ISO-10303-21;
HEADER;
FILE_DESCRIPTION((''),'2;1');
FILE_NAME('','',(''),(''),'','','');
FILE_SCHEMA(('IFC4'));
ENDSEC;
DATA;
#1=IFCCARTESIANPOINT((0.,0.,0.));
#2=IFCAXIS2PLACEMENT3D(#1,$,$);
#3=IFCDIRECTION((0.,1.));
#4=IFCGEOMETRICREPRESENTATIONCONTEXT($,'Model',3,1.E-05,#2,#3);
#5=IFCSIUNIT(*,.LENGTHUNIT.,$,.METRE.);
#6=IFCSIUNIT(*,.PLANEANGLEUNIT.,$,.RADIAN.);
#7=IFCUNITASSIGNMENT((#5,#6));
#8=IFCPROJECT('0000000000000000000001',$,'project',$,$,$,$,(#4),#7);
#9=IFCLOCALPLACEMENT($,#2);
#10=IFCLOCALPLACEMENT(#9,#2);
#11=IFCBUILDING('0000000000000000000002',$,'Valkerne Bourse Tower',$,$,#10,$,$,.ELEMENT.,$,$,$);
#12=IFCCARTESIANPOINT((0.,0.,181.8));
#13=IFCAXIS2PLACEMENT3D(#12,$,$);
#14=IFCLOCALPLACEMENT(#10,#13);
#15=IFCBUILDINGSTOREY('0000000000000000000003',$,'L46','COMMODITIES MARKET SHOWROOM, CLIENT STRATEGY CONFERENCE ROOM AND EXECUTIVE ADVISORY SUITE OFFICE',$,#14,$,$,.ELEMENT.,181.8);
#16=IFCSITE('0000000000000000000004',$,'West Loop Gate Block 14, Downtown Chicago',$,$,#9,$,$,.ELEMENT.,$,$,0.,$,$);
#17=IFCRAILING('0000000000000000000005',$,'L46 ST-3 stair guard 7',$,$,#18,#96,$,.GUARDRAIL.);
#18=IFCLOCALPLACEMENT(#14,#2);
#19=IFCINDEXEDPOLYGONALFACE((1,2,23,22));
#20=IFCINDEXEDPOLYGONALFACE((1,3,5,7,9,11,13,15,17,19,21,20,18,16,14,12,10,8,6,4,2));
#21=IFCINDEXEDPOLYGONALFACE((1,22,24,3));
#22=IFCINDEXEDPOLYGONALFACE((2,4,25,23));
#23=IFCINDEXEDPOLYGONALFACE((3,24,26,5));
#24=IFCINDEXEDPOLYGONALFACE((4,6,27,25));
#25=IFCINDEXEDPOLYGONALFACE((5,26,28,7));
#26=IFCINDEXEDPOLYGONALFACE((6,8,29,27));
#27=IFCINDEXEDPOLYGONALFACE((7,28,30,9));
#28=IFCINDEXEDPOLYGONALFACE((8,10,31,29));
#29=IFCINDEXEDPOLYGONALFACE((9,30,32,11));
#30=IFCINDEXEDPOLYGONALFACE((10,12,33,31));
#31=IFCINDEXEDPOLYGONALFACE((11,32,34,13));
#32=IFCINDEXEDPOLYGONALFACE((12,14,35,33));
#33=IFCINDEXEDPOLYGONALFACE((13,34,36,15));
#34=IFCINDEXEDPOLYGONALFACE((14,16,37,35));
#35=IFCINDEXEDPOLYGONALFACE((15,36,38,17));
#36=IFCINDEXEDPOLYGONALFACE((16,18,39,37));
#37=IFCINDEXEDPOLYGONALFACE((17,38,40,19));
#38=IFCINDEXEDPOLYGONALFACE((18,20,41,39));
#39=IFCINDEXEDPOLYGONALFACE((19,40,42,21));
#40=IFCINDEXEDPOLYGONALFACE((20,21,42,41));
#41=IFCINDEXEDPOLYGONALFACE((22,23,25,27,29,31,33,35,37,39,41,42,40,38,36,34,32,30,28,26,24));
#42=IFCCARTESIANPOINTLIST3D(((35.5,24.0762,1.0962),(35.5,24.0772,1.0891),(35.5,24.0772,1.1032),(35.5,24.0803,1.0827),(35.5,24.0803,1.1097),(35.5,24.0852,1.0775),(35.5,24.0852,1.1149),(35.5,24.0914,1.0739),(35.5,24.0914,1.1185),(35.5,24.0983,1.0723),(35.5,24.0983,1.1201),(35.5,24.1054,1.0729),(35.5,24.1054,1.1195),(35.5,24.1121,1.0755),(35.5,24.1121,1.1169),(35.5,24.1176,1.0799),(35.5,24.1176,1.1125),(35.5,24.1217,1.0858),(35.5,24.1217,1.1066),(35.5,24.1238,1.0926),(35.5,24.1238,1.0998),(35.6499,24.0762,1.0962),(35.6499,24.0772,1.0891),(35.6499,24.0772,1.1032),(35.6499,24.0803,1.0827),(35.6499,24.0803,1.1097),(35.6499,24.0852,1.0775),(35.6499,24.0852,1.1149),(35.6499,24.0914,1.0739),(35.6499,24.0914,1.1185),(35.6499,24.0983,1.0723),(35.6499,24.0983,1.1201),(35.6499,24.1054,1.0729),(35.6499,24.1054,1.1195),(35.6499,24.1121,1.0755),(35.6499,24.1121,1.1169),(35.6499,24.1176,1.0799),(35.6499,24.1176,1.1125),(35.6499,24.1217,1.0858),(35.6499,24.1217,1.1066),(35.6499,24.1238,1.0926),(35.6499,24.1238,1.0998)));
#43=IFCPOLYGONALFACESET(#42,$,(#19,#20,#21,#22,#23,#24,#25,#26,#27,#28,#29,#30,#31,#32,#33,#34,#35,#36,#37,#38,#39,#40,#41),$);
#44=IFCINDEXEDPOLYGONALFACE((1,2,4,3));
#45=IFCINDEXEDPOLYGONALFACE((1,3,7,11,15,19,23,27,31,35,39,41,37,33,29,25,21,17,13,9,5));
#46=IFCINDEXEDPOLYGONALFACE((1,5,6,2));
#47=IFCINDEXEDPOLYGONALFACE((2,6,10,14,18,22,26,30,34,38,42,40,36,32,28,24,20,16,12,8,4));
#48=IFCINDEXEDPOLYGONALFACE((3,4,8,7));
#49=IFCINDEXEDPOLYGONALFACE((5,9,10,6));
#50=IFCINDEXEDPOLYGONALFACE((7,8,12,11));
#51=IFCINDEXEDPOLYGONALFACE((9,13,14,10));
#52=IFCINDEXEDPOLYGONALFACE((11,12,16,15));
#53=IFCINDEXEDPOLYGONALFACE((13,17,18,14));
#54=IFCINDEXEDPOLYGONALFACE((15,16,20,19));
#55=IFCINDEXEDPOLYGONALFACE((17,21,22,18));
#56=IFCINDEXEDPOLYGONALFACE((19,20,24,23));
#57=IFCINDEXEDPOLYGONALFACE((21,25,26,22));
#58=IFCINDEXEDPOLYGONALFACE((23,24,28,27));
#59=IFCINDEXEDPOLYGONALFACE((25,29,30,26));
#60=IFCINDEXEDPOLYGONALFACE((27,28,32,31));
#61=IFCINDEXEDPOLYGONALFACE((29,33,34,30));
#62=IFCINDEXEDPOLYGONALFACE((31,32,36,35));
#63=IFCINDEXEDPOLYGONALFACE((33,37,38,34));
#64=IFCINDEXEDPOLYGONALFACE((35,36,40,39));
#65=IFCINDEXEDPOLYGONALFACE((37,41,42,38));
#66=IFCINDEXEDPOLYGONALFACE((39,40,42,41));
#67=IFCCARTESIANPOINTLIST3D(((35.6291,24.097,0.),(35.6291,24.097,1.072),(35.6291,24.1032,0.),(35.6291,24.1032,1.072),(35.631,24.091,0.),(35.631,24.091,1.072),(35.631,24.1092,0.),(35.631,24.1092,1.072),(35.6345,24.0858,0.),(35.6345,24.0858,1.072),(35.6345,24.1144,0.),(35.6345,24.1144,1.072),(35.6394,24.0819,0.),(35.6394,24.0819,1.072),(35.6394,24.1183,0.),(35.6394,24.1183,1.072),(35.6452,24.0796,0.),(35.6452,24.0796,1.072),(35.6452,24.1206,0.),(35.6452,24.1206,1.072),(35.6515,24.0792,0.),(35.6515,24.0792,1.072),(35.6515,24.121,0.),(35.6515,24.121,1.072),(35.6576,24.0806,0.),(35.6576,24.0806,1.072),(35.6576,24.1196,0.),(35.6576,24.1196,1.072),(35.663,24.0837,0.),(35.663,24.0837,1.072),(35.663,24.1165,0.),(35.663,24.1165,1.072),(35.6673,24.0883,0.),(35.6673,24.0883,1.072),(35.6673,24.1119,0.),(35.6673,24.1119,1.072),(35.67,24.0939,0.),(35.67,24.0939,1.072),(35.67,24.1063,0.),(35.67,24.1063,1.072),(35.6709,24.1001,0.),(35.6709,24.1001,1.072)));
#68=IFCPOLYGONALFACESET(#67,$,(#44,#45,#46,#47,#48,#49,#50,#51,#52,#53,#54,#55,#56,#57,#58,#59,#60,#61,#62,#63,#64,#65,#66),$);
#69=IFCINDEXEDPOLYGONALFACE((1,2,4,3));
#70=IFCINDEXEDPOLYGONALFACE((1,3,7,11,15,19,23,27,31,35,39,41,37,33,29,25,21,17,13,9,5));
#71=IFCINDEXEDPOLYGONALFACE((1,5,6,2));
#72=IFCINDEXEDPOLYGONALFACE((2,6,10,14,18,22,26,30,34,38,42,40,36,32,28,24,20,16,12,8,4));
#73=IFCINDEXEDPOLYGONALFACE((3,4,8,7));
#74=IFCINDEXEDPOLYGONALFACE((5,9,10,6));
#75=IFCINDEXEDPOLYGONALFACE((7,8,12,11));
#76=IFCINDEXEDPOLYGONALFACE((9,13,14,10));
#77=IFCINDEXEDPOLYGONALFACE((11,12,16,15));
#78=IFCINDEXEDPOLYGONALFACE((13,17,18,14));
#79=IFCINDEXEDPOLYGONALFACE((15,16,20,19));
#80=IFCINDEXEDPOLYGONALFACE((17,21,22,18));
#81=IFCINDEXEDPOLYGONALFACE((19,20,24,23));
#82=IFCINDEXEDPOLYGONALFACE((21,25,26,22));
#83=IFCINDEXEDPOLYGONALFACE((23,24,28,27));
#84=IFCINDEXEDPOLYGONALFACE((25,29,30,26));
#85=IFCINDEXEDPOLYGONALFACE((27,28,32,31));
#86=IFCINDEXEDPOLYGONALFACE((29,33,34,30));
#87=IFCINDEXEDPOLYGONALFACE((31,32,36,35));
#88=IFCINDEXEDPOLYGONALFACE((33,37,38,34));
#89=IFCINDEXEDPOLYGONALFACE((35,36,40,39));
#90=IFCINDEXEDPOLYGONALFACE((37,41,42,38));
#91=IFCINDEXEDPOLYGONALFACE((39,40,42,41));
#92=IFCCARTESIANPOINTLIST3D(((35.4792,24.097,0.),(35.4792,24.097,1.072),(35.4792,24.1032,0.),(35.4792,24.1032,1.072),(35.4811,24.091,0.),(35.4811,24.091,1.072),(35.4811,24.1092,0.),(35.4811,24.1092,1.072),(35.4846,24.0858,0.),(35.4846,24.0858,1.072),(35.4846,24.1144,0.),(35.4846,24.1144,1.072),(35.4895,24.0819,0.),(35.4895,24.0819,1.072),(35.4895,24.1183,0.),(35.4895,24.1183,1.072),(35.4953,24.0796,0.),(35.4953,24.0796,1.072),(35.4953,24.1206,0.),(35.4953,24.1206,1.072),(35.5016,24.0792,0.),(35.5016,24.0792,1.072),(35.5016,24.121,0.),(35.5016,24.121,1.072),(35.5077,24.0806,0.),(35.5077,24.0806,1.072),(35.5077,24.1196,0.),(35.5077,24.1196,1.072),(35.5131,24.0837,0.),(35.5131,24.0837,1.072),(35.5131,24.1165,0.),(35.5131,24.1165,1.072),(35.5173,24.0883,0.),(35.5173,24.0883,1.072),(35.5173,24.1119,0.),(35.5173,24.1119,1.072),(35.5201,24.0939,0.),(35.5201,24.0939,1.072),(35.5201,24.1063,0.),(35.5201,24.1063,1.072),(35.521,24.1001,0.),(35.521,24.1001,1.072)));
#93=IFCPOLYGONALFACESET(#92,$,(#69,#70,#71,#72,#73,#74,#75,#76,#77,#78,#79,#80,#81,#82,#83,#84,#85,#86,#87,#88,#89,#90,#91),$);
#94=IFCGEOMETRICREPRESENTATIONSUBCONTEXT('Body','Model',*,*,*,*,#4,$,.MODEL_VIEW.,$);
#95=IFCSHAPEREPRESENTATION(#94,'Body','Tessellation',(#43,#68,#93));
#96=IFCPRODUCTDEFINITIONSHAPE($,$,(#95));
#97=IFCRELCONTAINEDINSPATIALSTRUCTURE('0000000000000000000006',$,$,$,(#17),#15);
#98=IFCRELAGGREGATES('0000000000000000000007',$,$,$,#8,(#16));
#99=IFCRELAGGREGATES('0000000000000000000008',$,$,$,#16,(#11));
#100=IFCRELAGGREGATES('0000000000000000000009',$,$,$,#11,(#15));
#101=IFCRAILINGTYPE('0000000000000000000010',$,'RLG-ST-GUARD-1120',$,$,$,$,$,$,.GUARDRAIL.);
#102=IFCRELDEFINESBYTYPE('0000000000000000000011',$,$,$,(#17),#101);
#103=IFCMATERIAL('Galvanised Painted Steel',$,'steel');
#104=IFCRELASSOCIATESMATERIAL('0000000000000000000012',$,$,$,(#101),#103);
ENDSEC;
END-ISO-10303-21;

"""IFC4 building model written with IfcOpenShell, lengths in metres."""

from ifc_helpers import new_model, si_unit, direction, frame, origin, origin_2d, place, context, subcontext, project, spatial, circle, extrude, material, type_object, element, save


model = new_model("IFC4")

# Units and contexts
model_context = context("Model", 3, precision=1e-05, world=origin(), true_north=direction((0.0, 1.0)))
body_context = subcontext(model_context, "Body", "Model", "MODEL_VIEW")
ifc_project = project(units=[si_unit("LENGTHUNIT", "METRE"), si_unit("PLANEANGLEUNIT", "RADIAN")], contexts=[model_context])

# Site, building, storey
site_placement = place(None, origin())
site = spatial("IfcSite", under=ifc_project, at=site_placement, Name="West Loop Gate Block 14, Downtown Chicago", CompositionType="ELEMENT", RefElevation=0.0)
building_placement = place(site_placement, origin())
building = spatial("IfcBuilding", under=site, at=building_placement, Name="Valkerne Bourse Tower", CompositionType="ELEMENT")
storey_placement = place(building_placement, frame((0.0, 0.0, 181.8)))
storey = spatial("IfcBuildingStorey", under=building, at=storey_placement, Name="L46", Description="COMMODITIES MARKET SHOWROOM, CLIENT STRATEGY CONFERENCE ROOM AND EXECUTIVE ADVISORY SUITE OFFICE", CompositionType="ELEMENT", Elevation=181.8)

# Railing
ifc_material_1 = material(Name="Galvanised Painted Steel", Category="steel")
railing_type_1 = type_object("IfcRailingType", Name="RLG-ST-GUARD-1120", PredefinedType="GUARDRAIL", material=ifc_material_1)
railing_1_placement = place(storey_placement, frame((35.6499, 24.1001, 0.0)))
element("IfcRailing", 1, at=railing_1_placement, inside=storey, type_object=railing_type_1, Name="L46 ST-3 stair guard 7", PredefinedType="GUARDRAIL", context=body_context, shape_type="SweptSolid", body=[
    extrude(circle(Radius=0.0239, at=origin_2d()), frame((0.0, 0.0, 1.0962), z_axis=(-1.0, 0.0, 0.0), x_axis=(0.0, -1.0, 0.0)), (0.0, 0.0, 1.0), 0.1499),
    extrude(circle(Radius=0.021, at=origin_2d()), origin(), (0.0, 0.0, 1.0), 1.072),
    extrude(circle(Radius=0.021, at=origin_2d()), frame((-0.1499, 0.0, 0.0)), (0.0, 0.0, 1.0), 1.072),
])

save(model, "model.ifc")
